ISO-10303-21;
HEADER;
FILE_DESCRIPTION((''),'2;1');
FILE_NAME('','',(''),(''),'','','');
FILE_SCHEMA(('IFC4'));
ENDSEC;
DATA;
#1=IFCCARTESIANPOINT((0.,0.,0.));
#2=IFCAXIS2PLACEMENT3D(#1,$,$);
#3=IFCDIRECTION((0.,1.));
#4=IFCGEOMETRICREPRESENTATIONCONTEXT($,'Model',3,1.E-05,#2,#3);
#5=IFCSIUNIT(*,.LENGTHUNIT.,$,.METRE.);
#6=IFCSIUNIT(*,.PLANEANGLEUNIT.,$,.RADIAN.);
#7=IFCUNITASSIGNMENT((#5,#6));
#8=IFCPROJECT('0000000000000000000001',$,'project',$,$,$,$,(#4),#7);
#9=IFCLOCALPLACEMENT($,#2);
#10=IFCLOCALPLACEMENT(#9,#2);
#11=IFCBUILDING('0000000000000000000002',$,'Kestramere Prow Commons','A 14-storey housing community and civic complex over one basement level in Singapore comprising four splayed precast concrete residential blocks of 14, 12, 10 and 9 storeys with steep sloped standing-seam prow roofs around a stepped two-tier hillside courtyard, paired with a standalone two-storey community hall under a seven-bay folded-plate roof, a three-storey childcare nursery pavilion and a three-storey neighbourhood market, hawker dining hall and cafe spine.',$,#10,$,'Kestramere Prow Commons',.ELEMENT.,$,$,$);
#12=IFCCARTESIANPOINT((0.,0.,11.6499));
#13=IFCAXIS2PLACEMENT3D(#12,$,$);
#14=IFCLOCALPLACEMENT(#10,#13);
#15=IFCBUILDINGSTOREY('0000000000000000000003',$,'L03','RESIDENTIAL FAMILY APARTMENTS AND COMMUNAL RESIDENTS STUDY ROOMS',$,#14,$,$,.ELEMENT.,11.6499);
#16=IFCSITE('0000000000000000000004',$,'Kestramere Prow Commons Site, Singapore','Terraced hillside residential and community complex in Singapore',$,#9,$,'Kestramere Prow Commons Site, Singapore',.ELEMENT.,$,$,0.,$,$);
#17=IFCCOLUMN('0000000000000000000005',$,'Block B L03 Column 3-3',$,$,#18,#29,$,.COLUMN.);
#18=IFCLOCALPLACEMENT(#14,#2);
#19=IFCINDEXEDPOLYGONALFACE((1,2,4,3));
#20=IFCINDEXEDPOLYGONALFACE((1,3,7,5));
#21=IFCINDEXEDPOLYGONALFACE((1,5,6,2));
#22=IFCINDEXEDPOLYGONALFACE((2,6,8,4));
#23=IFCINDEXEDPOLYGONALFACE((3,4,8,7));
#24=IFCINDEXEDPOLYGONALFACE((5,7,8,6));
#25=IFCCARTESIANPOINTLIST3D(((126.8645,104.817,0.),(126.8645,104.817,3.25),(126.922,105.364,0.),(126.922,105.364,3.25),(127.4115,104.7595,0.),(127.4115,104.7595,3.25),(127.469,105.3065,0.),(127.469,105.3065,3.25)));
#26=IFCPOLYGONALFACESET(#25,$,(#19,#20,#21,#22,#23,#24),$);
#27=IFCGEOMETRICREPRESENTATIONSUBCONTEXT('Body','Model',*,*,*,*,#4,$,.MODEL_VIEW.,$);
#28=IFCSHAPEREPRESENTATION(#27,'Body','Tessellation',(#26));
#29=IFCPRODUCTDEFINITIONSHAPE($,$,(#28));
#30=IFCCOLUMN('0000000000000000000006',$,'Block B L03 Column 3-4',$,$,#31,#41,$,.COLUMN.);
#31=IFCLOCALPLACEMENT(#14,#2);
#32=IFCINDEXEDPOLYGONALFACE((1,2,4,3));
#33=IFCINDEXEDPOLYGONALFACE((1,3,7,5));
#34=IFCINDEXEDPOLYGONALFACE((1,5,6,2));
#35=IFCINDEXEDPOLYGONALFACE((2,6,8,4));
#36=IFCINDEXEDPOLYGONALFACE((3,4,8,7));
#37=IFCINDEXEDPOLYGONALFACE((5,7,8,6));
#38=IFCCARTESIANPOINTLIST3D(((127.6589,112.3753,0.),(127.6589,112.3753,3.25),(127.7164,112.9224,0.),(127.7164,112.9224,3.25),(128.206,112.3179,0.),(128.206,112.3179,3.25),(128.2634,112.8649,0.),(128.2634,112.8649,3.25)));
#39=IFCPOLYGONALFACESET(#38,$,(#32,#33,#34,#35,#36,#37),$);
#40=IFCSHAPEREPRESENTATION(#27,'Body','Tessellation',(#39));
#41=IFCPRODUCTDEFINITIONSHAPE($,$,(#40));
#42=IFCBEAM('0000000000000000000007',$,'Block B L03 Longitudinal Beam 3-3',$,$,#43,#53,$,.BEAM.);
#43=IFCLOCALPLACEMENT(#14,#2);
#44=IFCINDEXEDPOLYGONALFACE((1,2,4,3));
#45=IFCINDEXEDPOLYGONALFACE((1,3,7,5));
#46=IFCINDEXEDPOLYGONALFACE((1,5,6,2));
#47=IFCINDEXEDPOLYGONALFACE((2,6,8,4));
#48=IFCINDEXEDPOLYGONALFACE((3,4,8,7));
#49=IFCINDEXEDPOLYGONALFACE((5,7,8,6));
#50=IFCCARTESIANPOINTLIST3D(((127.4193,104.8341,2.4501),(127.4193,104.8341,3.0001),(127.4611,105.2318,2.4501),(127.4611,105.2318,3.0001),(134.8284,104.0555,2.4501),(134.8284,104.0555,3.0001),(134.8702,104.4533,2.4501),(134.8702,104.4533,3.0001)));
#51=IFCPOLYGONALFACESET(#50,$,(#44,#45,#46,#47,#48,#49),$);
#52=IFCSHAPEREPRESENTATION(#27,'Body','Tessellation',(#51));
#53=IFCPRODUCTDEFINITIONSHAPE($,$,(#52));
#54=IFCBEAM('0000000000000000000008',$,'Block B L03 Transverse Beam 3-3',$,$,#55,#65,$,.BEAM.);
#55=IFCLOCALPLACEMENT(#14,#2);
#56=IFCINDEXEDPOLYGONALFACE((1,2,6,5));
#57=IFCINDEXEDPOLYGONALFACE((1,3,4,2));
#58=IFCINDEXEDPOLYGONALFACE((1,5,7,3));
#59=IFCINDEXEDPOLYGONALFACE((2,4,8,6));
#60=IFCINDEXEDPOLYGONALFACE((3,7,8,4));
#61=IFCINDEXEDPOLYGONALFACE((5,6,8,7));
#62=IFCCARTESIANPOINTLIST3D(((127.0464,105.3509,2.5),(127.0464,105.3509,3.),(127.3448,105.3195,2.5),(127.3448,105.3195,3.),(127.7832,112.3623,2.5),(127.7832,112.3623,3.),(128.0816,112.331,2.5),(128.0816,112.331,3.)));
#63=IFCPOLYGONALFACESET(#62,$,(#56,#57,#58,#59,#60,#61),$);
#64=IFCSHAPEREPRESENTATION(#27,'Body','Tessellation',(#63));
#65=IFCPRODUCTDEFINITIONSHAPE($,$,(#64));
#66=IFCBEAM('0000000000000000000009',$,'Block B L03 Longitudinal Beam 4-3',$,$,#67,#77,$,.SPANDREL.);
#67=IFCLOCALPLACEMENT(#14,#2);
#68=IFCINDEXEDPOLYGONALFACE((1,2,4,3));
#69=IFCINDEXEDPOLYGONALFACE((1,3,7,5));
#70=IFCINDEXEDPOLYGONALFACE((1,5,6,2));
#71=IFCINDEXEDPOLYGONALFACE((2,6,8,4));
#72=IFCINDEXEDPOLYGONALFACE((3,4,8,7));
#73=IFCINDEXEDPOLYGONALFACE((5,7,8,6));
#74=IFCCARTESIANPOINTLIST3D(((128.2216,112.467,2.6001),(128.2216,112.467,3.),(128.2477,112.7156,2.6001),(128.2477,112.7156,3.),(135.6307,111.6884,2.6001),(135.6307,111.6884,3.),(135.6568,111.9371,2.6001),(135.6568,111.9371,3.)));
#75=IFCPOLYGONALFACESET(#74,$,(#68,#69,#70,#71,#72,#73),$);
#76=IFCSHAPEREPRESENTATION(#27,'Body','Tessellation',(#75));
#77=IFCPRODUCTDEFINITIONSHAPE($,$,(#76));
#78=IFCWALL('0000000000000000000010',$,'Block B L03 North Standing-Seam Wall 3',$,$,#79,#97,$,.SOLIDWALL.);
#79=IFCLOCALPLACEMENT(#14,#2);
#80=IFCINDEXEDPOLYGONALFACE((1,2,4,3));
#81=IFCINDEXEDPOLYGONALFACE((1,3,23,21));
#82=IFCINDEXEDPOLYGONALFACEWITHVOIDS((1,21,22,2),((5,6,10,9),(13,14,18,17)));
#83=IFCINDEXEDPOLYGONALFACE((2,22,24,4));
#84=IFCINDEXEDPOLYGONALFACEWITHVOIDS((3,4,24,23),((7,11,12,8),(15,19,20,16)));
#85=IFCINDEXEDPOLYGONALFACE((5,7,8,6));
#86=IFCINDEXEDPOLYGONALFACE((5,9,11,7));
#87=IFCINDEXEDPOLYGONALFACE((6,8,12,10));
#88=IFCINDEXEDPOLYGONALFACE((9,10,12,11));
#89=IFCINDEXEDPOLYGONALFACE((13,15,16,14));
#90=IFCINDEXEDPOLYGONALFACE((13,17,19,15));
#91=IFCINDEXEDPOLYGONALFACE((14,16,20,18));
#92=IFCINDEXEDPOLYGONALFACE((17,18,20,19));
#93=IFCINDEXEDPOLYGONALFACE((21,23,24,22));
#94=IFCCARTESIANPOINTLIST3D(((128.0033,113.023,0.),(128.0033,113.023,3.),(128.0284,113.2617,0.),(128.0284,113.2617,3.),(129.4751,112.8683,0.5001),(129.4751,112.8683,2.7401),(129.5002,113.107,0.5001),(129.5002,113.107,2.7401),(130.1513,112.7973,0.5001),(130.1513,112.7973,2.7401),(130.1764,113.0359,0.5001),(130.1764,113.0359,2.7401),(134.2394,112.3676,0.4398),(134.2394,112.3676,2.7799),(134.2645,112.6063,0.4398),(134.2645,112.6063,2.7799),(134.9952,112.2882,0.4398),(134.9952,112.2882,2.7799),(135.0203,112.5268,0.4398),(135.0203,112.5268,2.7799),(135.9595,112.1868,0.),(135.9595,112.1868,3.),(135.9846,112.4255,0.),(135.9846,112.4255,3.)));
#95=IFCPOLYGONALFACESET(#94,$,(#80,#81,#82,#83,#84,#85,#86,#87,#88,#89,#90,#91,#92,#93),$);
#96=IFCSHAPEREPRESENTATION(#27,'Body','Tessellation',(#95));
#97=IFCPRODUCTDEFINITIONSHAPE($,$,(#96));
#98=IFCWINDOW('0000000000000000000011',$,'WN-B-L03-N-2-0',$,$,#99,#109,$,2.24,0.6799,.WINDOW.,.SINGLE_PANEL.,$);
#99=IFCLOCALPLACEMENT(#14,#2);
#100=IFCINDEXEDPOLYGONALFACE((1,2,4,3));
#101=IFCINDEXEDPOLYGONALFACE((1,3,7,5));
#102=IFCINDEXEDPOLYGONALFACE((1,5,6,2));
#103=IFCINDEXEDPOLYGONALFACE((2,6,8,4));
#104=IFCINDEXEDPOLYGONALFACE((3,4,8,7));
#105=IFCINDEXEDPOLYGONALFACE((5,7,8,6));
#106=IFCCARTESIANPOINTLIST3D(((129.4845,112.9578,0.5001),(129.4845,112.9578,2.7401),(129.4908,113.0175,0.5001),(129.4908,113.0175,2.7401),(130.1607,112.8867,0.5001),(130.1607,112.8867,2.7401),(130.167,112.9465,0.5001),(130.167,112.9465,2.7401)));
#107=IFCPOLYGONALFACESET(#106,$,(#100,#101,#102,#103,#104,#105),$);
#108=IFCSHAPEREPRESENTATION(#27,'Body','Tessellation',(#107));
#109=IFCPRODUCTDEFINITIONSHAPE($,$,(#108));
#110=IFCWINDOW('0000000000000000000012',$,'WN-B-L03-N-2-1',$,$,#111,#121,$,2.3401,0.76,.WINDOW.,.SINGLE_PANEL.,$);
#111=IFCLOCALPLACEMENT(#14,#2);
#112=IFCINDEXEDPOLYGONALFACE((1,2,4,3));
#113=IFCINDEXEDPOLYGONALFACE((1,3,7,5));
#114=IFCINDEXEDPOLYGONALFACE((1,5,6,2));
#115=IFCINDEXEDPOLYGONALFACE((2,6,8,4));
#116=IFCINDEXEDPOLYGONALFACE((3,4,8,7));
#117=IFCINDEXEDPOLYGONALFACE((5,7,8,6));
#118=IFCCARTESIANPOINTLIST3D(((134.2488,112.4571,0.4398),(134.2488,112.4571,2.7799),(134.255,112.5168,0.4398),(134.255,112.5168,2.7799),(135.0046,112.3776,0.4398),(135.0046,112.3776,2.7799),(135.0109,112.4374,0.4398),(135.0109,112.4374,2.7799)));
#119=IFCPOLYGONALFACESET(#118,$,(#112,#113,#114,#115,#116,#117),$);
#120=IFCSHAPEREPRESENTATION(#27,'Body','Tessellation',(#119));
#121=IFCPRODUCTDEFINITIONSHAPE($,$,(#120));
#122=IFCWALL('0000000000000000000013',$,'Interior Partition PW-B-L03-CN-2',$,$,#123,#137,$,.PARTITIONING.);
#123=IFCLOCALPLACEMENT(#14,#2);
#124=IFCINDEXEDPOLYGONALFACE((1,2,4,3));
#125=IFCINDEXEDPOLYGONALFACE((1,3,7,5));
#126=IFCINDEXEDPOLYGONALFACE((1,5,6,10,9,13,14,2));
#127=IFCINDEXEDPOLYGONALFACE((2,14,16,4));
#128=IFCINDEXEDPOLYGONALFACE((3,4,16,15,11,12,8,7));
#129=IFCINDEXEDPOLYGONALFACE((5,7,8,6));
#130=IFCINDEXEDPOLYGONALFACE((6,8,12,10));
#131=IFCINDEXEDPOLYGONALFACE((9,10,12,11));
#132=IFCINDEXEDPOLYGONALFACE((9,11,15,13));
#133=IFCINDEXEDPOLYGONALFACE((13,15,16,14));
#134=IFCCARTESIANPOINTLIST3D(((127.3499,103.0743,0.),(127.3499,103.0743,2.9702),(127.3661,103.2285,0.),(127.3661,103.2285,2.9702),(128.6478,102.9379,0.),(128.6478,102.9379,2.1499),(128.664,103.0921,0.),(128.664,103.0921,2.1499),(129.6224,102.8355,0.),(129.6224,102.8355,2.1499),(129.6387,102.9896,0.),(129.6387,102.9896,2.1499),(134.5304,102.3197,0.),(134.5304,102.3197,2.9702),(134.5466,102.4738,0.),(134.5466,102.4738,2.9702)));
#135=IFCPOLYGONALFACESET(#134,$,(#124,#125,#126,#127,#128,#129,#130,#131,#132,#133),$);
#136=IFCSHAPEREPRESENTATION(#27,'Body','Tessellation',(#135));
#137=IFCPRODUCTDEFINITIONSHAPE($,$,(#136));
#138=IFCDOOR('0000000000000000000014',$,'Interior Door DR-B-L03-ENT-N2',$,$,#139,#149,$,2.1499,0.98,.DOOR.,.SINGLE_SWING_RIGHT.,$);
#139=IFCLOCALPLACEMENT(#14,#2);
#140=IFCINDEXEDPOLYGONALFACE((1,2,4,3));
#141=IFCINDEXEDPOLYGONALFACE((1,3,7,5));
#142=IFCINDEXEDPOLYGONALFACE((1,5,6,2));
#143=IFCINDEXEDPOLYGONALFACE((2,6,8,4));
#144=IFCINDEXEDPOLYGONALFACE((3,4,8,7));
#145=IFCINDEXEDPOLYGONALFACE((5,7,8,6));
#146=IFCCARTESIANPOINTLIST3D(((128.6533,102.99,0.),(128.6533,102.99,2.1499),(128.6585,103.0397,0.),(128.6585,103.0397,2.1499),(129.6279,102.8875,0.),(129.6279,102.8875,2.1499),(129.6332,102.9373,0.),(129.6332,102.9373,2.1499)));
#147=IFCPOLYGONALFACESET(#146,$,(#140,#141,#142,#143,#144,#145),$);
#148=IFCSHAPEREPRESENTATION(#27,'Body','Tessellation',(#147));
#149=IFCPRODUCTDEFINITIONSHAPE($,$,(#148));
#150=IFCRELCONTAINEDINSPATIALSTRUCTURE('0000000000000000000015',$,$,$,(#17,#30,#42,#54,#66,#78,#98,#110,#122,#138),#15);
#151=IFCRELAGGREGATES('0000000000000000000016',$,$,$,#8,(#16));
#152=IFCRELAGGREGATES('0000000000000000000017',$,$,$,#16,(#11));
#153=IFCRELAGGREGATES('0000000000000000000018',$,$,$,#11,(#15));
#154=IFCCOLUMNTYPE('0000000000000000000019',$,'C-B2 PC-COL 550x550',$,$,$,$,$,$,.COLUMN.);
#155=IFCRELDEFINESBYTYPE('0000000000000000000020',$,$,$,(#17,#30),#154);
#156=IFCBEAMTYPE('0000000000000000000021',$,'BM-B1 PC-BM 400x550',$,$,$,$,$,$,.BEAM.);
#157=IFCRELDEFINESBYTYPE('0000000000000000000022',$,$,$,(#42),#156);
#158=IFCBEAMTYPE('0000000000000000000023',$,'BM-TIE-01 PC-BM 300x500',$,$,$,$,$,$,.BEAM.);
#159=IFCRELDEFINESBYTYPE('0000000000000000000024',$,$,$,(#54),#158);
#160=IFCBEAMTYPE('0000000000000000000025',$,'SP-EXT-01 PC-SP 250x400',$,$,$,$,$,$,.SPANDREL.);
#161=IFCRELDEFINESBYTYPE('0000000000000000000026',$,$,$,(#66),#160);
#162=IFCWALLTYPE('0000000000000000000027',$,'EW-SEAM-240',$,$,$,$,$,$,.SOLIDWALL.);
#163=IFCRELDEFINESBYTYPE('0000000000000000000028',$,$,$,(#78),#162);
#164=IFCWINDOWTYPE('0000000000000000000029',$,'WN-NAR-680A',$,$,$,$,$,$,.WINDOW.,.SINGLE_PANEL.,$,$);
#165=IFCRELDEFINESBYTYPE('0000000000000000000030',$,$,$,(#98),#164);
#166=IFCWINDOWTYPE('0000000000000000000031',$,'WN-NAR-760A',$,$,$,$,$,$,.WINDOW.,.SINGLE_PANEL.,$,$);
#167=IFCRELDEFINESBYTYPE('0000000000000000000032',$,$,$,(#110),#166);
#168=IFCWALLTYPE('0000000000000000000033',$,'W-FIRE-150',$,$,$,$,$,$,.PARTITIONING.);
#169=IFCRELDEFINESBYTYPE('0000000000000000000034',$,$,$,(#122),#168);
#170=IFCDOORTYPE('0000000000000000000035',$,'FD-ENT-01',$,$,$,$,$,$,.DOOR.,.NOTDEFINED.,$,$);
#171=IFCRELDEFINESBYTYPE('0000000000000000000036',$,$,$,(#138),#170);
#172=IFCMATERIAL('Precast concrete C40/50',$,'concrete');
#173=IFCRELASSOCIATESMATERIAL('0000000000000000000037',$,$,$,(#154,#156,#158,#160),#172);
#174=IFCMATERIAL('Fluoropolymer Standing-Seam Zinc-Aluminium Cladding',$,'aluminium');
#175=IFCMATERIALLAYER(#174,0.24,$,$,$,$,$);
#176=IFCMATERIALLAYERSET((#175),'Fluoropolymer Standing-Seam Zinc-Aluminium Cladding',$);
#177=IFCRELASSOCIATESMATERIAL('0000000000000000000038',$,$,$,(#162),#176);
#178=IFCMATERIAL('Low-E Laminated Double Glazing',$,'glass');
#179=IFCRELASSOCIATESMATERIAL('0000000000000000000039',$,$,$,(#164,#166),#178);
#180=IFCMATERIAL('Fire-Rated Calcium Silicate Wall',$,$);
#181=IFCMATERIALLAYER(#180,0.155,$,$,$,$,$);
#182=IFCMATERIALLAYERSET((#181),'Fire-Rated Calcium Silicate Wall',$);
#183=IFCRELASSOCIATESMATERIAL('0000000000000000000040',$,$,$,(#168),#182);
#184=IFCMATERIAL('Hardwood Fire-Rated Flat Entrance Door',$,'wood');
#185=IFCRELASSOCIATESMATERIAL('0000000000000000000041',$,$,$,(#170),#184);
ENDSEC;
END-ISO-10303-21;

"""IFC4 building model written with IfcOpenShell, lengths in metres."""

from ifc_helpers import new_model, si_unit, direction, frame, frame_2d, origin, origin_2d, place, context, subcontext, project, spatial, rectangle, extrude, material, layer, layer_set, material_profile, profile_set, type_object, element, fill, save


model = new_model("IFC4")

# Units and contexts
model_context = context("Model", 3, precision=1e-05, world=origin(), true_north=direction((0.0, 1.0)))
body_context = subcontext(model_context, "Body", "Model", "MODEL_VIEW")
ifc_project = project(units=[si_unit("LENGTHUNIT", "METRE"), si_unit("PLANEANGLEUNIT", "RADIAN")], contexts=[model_context])

# Site, building, storey
site_placement = place(None, origin())
site = spatial("IfcSite", under=ifc_project, at=site_placement, Name="Kestramere Prow Commons Site, Singapore", Description="Terraced hillside residential and community complex in Singapore", LongName="Kestramere Prow Commons Site, Singapore", CompositionType="ELEMENT", RefElevation=0.0)
building_placement = place(site_placement, origin())
building = spatial("IfcBuilding", under=site, at=building_placement, Name="Kestramere Prow Commons", Description="A 14-storey housing community and civic complex over one basement level in Singapore comprising four splayed precast concrete residential blocks of 14, 12, 10 and 9 storeys with steep sloped standing-seam prow roofs around a stepped two-tier hillside courtyard, paired with a standalone two-storey community hall under a seven-bay folded-plate roof, a three-storey childcare nursery pavilion and a three-storey neighbourhood market, hawker dining hall and cafe spine.", LongName="Kestramere Prow Commons", CompositionType="ELEMENT")
storey_placement = place(building_placement, frame((0.0, 0.0, 11.6499)))
storey = spatial("IfcBuildingStorey", under=building, at=storey_placement, Name="L03", Description="RESIDENTIAL FAMILY APARTMENTS AND COMMUNAL RESIDENTS STUDY ROOMS", CompositionType="ELEMENT", Elevation=11.6499)

# Columns
ifc_material_1 = material(Name="Precast concrete C40/50", Category="concrete")
ifc_material_profile_1 = material_profile(ifc_material_1, rectangle(XDim=0.55, YDim=0.55, at=origin_2d()), Name="PC-COL 550x550")
ifc_profile_set_1 = profile_set([ifc_material_profile_1], Name="Precast concrete C40/50")
column_type = type_object("IfcColumnType", Name="C-B2 PC-COL 550x550", PredefinedType="COLUMN", material=ifc_profile_set_1)
for number, where, z_axis, x_axis, name in (
    (1, (127.1667, 105.0618, 0.0), (0.0, 0.0, 1.0), (0.994522, -0.104528, 0.0), "Block B L03 Column 3-3"),
    (2, (127.9612, 112.6201, 0.0), (0.0, 0.0, 1.0), (0.994522, -0.104528, 0.0), "Block B L03 Column 3-4"),
):
    element("IfcColumn", number, at=place(storey_placement, frame(where, z_axis=z_axis, x_axis=x_axis)), inside=storey, type_object=column_type, Name=name, PredefinedType="COLUMN", context=body_context, shape_type="SweptSolid", body=[
        extrude(rectangle(XDim=0.55, YDim=0.55, at=origin_2d()), origin(), (0.0, 0.0, 1.0), 3.25),
    ])

# Beams
ifc_material_profile_2 = material_profile(ifc_material_1, rectangle(XDim=0.3999, YDim=0.55, at=origin_2d()), Name="PC-BM 400x550")
ifc_profile_set_2 = profile_set([ifc_material_profile_2], Name="Precast concrete C40/50")
beam_type_1 = type_object("IfcBeamType", Name="BM-B1 PC-BM 400x550", PredefinedType="BEAM", material=ifc_profile_set_2)
beam_1_placement = place(storey_placement, frame((127.4402, 105.033, 2.7251), z_axis=(0.994524, -0.104506, 0.0), x_axis=(0.104506, 0.994524, 0.0)))
element("IfcBeam", 3, at=beam_1_placement, inside=storey, type_object=beam_type_1, Name="Block B L03 Longitudinal Beam 3-3", PredefinedType="BEAM", context=body_context, shape_type="SweptSolid", body=[
    extrude(rectangle(XDim=0.3999, YDim=0.55, at=origin_2d()), origin(), (0.0, 0.0, 1.0), 7.45),
])
ifc_material_profile_3 = material_profile(ifc_material_1, rectangle(XDim=0.3, YDim=0.5, at=origin_2d()), Name="PC-BM 300x500")
ifc_profile_set_3 = profile_set([ifc_material_profile_3], Name="Precast concrete C40/50")
beam_type_2 = type_object("IfcBeamType", Name="BM-TIE-01 PC-BM 300x500", PredefinedType="BEAM", material=ifc_profile_set_3)
beam_2_placement = place(storey_placement, frame((127.1956, 105.3352, 2.75), z_axis=(0.104512, 0.994524, 0.0), x_axis=(-0.994524, 0.104512, 0.0)))
element("IfcBeam", 4, at=beam_2_placement, inside=storey, type_object=beam_type_2, Name="Block B L03 Transverse Beam 3-3", PredefinedType="BEAM", context=body_context, shape_type="SweptSolid", body=[
    extrude(rectangle(XDim=0.3, YDim=0.5, at=origin_2d()), origin(), (0.0, 0.0, 1.0), 7.05),
])
ifc_material_profile_4 = material_profile(ifc_material_1, rectangle(XDim=0.25, YDim=0.3999, at=origin_2d()), Name="PC-SP 250x400")
ifc_profile_set_4 = profile_set([ifc_material_profile_4], Name="Precast concrete C40/50")
beam_type_3 = type_object("IfcBeamType", Name="SP-EXT-01 PC-SP 250x400", PredefinedType="SPANDREL", material=ifc_profile_set_4)
beam_3_placement = place(storey_placement, frame((128.2346, 112.5913, 2.8), z_axis=(0.994524, -0.104506, 0.0), x_axis=(0.104506, 0.994524, 0.0)))
element("IfcBeam", 5, at=beam_3_placement, inside=storey, type_object=beam_type_3, Name="Block B L03 Longitudinal Beam 4-3", PredefinedType="SPANDREL", context=body_context, shape_type="SweptSolid", body=[
    extrude(rectangle(XDim=0.25, YDim=0.3999, at=origin_2d()), origin(), (0.0, 0.0, 1.0), 7.45),
])

# Wall, openings, windows
ifc_material_2 = material(Name="Fluoropolymer Standing-Seam Zinc-Aluminium Cladding", Category="aluminium")
ifc_layer_1 = layer(ifc_material_2, 0.24)
ifc_layer_set_1 = layer_set([ifc_layer_1], Name="Fluoropolymer Standing-Seam Zinc-Aluminium Cladding")
wall_type_1 = type_object("IfcWallType", Name="EW-SEAM-240", PredefinedType="SOLIDWALL", material=ifc_layer_set_1)
wall_1_placement = place(storey_placement, frame((128.0159, 113.1423, 0.0), z_axis=(0.0, 0.0, 1.0), x_axis=(0.994523, -0.104521, 0.0)))
wall_1 = element("IfcWall", 6, at=wall_1_placement, inside=storey, type_object=wall_type_1, Name="Block B L03 North Standing-Seam Wall 3", PredefinedType="SOLIDWALL", context=body_context, shape_type="SweptSolid", body=[
    extrude(rectangle(XDim=8.0, YDim=0.24, at=frame_2d((4.0, 0.0))), origin(), (0.0, 0.0, 1.0), 3.0),
])
opening_1_placement = place(wall_1_placement, frame((1.48, 0.0, 0.5)))
opening_1 = element("IfcOpeningElement", 7, at=opening_1_placement, cuts=wall_1, PredefinedType="OPENING", context=body_context, shape_type="SweptSolid", body=[
    extrude(rectangle(XDim=0.6799, YDim=2.24, at=frame_2d((0.3398, 1.1201))), frame((0.0, 0.135, 0.0), z_axis=(0.0, -1.0, 0.0), x_axis=(1.0, 0.0, 0.0)), (0.0, 0.0, 1.0), 0.27),
])
opening_2_placement = place(wall_1_placement, frame((6.2705, 0.0, 0.4399)))
opening_2 = element("IfcOpeningElement", 8, at=opening_2_placement, cuts=wall_1, PredefinedType="OPENING", context=body_context, shape_type="SweptSolid", body=[
    extrude(rectangle(XDim=0.76, YDim=2.3401, at=frame_2d((0.3799, 1.1699))), frame((0.0, 0.135, 0.0), z_axis=(0.0, -1.0, 0.0), x_axis=(1.0, 0.0, 0.0)), (0.0, 0.0, 1.0), 0.27),
])
ifc_material_3 = material(Name="Low-E Laminated Double Glazing", Category="glass")
window_type_1 = type_object("IfcWindowType", Name="WN-NAR-680A", PartitioningType="SINGLE_PANEL", PredefinedType="WINDOW", material=ifc_material_3)
window_1_placement = place(opening_1_placement, origin())
window_1 = element("IfcWindow", 9, at=window_1_placement, inside=storey, type_object=window_type_1, Name="WN-B-L03-N-2-0", OverallHeight=2.24, OverallWidth=0.6799, PartitioningType="SINGLE_PANEL", PredefinedType="WINDOW", context=body_context, shape_type="SweptSolid", body=[
    extrude(rectangle(XDim=0.6799, YDim=2.24, at=frame_2d((0.3398, 1.1201))), frame((0.0, 0.03, 0.0), z_axis=(0.0, -1.0, 0.0), x_axis=(1.0, 0.0, 0.0)), (0.0, 0.0, 1.0), 0.0601),
])
fill(opening_1, window_1)
window_type_2 = type_object("IfcWindowType", Name="WN-NAR-760A", PartitioningType="SINGLE_PANEL", PredefinedType="WINDOW", material=ifc_material_3)
window_2_placement = place(opening_2_placement, origin())
window_2 = element("IfcWindow", 10, at=window_2_placement, inside=storey, type_object=window_type_2, Name="WN-B-L03-N-2-1", OverallHeight=2.3401, OverallWidth=0.76, PartitioningType="SINGLE_PANEL", PredefinedType="WINDOW", context=body_context, shape_type="SweptSolid", body=[
    extrude(rectangle(XDim=0.76, YDim=2.3401, at=frame_2d((0.3799, 1.1699))), frame((0.0, 0.03, 0.0), z_axis=(0.0, -1.0, 0.0), x_axis=(1.0, 0.0, 0.0)), (0.0, 0.0, 1.0), 0.0601),
])
fill(opening_2, window_2)

# Wall, opening, door
ifc_material_4 = material(Name="Fire-Rated Calcium Silicate Wall")
ifc_layer_2 = layer(ifc_material_4, 0.155)
ifc_layer_set_2 = layer_set([ifc_layer_2], Name="Fire-Rated Calcium Silicate Wall")
wall_type_2 = type_object("IfcWallType", Name="W-FIRE-150", PredefinedType="PARTITIONING", material=ifc_layer_set_2)
wall_2_placement = place(storey_placement, frame((127.3582, 103.1514, 0.0), z_axis=(0.0, 0.0, 1.0), x_axis=(0.994523, -0.104521, 0.0)))
wall_2 = element("IfcWall", 11, at=wall_2_placement, inside=storey, type_object=wall_type_2, Name="Interior Partition PW-B-L03-CN-2", PredefinedType="PARTITIONING", context=body_context, shape_type="SweptSolid", body=[
    extrude(rectangle(XDim=7.22, YDim=0.155, at=frame_2d((3.6099, 0.0))), origin(), (0.0, 0.0, 1.0), 2.9702),
])
opening_3_placement = place(wall_2_placement, frame((1.3049, 0.0, 0.0)))
opening_3 = element("IfcOpeningElement", 12, at=opening_3_placement, cuts=wall_2, PredefinedType="OPENING", context=body_context, shape_type="SweptSolid", body=[
    extrude(rectangle(XDim=0.98, YDim=2.1499, at=frame_2d((0.49, 1.075))), frame((0.0, 0.0925, 0.0), z_axis=(0.0, -1.0, 0.0), x_axis=(1.0, 0.0, 0.0)), (0.0, 0.0, 1.0), 0.1851),
])
ifc_material_5 = material(Name="Hardwood Fire-Rated Flat Entrance Door", Category="wood")
door_type_1 = type_object("IfcDoorType", Name="FD-ENT-01", OperationType="NOTDEFINED", PredefinedType="DOOR", material=ifc_material_5)
door_1_placement = place(opening_3_placement, origin())
door_1 = element("IfcDoor", 13, at=door_1_placement, inside=storey, type_object=door_type_1, Name="Interior Door DR-B-L03-ENT-N2", OperationType="SINGLE_SWING_RIGHT", OverallHeight=2.1499, OverallWidth=0.98, PredefinedType="DOOR", context=body_context, shape_type="SweptSolid", body=[
    extrude(rectangle(XDim=0.98, YDim=2.1499, at=frame_2d((0.49, 1.075))), frame((0.0, 0.0249, 0.0), z_axis=(0.0, -1.0, 0.0), x_axis=(1.0, 0.0, 0.0)), (0.0, 0.0, 1.0), 0.05),
])
fill(opening_3, door_1)

save(model, "model.ifc")
